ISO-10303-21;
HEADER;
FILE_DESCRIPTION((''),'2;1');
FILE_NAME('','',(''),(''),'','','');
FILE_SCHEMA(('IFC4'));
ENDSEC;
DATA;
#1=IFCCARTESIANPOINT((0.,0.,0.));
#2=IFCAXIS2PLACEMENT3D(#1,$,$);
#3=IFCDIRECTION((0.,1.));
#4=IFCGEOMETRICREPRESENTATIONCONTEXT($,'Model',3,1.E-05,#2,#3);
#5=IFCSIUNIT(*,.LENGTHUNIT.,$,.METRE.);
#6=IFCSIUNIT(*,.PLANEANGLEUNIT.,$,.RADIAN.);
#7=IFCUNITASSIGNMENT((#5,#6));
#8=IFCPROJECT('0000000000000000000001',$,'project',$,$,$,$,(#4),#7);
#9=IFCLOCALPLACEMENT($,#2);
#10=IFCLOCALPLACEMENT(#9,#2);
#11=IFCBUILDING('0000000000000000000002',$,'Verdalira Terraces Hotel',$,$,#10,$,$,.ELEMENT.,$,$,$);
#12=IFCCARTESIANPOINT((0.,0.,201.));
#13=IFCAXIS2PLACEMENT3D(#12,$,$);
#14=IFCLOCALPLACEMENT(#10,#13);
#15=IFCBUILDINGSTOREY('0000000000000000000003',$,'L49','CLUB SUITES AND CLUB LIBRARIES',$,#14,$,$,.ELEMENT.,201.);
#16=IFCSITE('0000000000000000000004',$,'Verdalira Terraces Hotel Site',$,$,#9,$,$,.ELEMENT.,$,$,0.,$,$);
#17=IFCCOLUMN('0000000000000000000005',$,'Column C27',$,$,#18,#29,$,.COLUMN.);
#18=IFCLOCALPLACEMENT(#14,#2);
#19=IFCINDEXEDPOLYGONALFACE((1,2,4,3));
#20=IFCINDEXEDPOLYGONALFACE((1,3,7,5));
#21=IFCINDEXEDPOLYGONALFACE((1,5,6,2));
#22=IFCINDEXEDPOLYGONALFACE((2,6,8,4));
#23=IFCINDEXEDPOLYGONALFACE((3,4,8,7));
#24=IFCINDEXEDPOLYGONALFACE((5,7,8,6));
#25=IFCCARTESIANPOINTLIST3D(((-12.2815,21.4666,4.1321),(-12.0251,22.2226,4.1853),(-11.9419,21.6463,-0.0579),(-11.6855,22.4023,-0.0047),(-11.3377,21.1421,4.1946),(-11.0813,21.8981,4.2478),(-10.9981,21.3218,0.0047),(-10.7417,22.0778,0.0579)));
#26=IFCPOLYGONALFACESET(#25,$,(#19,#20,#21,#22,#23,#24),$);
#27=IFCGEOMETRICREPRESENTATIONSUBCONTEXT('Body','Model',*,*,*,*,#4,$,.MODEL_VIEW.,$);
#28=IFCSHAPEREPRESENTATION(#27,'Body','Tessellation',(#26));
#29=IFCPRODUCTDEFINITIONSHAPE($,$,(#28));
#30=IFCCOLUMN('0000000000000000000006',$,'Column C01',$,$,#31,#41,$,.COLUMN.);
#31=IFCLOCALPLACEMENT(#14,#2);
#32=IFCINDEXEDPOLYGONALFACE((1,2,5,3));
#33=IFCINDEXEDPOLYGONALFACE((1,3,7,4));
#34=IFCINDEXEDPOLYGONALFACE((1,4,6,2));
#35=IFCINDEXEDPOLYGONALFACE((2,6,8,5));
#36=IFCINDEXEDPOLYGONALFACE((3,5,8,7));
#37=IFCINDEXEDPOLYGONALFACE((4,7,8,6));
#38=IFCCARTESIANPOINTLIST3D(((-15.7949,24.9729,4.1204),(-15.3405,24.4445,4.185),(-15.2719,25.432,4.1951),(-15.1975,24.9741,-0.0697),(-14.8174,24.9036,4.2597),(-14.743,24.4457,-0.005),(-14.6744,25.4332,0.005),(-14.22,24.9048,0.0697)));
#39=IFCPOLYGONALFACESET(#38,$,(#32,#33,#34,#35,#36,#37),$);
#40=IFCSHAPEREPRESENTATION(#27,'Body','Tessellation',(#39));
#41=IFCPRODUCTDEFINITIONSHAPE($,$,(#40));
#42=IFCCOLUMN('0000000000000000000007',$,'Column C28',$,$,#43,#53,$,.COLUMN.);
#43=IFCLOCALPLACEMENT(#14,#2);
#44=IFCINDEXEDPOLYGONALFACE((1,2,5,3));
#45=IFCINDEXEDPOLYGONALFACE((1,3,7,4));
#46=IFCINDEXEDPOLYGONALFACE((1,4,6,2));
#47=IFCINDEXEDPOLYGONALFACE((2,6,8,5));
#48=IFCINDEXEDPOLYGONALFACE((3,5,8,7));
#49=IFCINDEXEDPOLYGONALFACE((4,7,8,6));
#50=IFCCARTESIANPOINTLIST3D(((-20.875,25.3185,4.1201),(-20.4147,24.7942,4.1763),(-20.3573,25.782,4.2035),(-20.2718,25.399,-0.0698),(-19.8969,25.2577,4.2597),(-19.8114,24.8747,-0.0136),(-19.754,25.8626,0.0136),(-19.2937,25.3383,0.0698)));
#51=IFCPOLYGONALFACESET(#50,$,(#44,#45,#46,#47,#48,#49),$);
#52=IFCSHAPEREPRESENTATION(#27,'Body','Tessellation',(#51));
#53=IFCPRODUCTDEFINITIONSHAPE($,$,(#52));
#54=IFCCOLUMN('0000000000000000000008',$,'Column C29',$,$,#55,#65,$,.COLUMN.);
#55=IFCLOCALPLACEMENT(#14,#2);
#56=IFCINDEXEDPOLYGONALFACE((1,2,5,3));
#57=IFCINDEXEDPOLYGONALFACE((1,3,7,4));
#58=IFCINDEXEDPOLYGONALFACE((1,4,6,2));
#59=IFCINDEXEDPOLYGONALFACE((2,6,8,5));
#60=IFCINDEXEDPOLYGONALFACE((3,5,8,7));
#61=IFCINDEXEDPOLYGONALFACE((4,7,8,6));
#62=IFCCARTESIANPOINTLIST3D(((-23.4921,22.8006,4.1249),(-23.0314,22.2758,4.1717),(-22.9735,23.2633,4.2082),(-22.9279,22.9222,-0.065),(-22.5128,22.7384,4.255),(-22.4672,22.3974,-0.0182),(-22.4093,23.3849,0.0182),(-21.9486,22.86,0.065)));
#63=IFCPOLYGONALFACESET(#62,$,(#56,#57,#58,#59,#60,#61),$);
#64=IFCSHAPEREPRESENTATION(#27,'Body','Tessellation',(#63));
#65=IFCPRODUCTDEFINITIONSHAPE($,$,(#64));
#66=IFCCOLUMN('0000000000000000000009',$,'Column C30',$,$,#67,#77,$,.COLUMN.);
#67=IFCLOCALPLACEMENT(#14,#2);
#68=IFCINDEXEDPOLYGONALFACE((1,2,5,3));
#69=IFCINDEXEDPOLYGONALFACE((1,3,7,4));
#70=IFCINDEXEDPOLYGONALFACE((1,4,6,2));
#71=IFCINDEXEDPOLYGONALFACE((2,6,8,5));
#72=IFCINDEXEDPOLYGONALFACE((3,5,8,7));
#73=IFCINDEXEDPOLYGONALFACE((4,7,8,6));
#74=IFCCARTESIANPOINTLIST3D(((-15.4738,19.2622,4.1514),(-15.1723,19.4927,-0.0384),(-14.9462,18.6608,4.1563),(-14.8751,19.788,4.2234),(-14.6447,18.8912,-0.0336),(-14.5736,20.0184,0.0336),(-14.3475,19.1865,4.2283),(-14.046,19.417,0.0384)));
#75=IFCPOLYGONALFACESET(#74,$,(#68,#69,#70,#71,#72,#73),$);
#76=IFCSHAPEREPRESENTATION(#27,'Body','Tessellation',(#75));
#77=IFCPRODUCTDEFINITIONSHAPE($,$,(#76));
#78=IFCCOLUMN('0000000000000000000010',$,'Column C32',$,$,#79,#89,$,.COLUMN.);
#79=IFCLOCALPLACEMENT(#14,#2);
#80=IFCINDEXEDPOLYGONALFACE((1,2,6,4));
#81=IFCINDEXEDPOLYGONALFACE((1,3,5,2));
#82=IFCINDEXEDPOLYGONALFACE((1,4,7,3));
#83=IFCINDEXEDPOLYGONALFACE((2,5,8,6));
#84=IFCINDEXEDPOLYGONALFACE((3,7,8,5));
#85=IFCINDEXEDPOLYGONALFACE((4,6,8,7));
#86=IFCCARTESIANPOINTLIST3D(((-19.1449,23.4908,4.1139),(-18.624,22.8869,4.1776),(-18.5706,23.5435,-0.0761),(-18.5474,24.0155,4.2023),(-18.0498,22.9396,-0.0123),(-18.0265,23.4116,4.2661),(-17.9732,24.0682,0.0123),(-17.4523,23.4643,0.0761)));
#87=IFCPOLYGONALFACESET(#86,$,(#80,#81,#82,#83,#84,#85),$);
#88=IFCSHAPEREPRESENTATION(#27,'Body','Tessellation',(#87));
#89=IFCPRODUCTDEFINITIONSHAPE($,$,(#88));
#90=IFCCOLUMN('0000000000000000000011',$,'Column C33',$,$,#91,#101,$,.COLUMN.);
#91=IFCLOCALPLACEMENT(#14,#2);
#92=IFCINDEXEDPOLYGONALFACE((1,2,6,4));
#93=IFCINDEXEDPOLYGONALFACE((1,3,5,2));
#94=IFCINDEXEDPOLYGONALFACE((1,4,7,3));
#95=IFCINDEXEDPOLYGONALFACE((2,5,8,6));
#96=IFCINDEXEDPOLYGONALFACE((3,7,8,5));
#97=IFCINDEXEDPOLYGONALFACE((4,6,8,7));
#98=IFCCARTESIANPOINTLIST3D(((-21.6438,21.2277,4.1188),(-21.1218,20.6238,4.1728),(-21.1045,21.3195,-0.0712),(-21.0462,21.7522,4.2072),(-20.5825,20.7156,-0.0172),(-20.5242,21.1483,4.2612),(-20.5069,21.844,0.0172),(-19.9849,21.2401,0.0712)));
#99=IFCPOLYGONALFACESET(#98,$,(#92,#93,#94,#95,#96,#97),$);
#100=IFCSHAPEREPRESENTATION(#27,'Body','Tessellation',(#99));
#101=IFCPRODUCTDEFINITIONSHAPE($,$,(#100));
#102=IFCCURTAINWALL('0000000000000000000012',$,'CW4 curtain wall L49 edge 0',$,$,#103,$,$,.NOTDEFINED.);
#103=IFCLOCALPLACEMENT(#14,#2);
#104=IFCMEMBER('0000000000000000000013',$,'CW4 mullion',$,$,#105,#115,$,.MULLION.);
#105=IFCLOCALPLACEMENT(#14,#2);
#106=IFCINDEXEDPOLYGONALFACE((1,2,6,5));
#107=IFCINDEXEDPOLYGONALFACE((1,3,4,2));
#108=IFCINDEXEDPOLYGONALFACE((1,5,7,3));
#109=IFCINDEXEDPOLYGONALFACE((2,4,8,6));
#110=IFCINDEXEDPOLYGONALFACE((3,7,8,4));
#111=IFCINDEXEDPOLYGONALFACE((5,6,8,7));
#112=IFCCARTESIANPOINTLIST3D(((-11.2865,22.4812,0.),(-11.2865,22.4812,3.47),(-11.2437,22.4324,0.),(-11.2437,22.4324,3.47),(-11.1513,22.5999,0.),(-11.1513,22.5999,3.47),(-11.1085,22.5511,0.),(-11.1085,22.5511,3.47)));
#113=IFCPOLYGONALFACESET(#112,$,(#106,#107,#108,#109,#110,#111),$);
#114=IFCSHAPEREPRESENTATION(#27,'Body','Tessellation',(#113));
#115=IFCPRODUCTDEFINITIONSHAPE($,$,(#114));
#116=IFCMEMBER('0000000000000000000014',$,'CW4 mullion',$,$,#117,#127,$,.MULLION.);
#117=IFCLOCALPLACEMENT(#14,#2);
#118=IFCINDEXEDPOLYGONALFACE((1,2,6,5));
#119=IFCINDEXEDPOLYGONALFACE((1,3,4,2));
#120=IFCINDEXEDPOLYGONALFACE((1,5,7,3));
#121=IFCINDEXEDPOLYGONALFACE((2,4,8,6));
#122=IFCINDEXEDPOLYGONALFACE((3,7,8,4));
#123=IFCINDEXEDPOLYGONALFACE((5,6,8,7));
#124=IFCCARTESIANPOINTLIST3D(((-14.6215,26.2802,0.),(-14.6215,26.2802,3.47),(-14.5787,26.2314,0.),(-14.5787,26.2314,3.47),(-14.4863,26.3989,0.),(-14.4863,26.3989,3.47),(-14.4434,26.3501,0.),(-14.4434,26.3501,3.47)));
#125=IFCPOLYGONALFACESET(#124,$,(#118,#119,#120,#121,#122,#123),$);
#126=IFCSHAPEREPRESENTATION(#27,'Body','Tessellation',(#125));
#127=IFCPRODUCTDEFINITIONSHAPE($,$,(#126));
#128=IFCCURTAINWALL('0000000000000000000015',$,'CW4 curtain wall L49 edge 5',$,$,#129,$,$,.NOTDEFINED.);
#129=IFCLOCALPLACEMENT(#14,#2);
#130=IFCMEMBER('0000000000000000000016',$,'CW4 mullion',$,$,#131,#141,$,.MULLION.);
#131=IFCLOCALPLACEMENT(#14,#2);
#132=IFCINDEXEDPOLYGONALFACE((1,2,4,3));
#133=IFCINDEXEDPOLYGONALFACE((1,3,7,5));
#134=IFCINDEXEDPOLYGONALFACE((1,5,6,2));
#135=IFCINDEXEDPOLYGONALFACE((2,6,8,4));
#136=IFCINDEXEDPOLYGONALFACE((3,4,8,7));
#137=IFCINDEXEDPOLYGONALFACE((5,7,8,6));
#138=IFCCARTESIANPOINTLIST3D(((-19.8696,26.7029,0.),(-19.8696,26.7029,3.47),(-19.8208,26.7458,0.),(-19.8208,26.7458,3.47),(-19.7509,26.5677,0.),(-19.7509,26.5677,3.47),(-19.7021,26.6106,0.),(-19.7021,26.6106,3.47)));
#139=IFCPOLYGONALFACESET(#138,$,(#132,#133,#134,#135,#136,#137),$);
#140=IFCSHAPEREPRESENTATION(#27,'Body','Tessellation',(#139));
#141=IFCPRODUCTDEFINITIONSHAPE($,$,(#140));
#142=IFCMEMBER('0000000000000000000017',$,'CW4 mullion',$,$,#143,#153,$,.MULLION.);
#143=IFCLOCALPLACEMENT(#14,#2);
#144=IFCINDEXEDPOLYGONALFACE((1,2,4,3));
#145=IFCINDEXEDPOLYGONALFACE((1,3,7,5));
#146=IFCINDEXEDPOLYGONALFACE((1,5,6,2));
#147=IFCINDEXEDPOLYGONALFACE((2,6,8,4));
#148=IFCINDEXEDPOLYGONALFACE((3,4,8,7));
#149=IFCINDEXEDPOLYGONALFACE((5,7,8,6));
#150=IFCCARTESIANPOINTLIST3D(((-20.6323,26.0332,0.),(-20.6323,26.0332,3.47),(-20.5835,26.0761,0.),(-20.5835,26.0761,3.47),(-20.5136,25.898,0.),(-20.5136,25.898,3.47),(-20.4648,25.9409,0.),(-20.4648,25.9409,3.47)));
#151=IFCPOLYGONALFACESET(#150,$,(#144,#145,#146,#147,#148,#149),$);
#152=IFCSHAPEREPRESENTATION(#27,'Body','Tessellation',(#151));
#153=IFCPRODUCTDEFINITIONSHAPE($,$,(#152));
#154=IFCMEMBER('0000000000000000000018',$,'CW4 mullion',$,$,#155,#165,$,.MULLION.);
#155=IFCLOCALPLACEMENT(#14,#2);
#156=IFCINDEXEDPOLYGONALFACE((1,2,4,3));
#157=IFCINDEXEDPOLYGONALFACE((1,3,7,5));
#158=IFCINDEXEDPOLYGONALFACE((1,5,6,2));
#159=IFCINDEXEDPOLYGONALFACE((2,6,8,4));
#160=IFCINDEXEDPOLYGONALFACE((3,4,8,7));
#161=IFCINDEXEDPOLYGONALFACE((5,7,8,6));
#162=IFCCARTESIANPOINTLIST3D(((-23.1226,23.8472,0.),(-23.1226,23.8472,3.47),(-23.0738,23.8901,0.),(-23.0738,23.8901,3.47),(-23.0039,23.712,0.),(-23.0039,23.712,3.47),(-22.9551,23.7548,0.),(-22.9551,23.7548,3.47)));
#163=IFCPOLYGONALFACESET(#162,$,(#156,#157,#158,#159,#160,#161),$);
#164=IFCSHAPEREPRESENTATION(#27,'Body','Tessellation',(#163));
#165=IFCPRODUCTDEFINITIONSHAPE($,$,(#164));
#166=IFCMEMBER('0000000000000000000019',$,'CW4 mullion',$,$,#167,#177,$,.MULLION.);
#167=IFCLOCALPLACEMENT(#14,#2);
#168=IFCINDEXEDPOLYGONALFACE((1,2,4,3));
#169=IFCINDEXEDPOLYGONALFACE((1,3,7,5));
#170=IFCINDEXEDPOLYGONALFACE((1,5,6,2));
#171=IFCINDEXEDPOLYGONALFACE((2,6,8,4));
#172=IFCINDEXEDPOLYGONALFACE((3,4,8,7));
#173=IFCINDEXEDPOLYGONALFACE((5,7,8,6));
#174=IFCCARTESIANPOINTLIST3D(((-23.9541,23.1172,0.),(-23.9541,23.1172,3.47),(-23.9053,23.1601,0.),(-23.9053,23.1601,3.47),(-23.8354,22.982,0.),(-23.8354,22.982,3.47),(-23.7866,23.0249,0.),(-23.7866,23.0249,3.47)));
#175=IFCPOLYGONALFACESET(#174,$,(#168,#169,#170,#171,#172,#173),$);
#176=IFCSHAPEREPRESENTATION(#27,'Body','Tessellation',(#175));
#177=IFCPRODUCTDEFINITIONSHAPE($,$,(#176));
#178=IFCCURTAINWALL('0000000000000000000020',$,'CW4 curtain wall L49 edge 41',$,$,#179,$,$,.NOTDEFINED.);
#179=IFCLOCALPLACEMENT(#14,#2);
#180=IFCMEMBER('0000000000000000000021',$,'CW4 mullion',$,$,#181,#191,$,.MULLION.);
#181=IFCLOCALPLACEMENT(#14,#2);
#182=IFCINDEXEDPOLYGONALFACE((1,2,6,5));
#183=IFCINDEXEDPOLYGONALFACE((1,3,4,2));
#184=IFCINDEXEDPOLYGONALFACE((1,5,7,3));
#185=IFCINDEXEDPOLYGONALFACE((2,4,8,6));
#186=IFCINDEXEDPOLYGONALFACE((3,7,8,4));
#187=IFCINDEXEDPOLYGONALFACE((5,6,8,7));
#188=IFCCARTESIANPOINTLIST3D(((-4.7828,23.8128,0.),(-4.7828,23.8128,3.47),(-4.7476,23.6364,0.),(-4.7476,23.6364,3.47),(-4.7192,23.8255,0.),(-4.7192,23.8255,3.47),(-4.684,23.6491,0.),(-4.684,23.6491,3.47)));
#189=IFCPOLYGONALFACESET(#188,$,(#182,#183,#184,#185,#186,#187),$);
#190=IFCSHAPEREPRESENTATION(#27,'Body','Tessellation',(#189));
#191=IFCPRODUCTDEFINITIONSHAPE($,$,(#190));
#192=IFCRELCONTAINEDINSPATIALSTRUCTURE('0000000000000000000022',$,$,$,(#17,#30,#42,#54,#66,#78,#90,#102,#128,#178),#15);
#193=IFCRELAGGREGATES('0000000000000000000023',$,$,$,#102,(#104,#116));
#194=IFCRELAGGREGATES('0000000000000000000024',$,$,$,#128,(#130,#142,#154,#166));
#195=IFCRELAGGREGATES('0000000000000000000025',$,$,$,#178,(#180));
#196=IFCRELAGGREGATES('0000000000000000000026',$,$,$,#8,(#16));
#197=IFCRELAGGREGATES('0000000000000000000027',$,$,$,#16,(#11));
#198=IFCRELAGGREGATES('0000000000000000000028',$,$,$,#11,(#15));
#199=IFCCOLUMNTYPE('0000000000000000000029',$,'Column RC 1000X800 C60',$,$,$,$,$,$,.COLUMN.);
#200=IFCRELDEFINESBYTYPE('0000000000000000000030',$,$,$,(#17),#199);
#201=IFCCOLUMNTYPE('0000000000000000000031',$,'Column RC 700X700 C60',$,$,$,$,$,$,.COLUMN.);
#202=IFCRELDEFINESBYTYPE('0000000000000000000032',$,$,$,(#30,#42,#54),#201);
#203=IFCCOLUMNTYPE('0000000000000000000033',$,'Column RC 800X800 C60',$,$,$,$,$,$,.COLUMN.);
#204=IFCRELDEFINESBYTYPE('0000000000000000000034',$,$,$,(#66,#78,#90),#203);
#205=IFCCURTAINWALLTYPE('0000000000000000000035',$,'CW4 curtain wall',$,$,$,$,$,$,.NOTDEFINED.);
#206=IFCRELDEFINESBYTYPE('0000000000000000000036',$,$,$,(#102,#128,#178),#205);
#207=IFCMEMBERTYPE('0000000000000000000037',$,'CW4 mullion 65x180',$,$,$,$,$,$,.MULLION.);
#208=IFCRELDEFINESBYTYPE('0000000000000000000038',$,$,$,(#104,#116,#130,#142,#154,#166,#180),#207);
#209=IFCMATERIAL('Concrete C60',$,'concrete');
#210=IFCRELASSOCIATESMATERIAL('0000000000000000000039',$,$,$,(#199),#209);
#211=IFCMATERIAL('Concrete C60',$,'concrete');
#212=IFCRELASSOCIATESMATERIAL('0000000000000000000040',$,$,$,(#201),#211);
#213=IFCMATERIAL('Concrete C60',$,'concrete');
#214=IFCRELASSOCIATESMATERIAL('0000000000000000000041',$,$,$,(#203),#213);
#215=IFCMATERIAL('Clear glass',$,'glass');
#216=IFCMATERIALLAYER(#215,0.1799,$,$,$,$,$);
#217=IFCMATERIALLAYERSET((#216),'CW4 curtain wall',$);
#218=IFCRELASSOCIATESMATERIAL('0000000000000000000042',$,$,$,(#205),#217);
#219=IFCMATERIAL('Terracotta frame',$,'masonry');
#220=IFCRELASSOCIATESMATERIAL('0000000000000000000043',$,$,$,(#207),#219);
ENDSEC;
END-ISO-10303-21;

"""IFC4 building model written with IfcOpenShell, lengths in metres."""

from ifc_helpers import new_model, si_unit, direction, frame, origin, origin_2d, place, context, subcontext, project, spatial, rectangle, extrude, material, layer, layer_set, material_profile, profile_set, type_object, element, aggregate, save


model = new_model("IFC4")

# Units and contexts
model_context = context("Model", 3, precision=1e-05, world=origin(), true_north=direction((0.0, 1.0)))
body_context = subcontext(model_context, "Body", "Model", "MODEL_VIEW")
ifc_project = project(units=[si_unit("LENGTHUNIT", "METRE"), si_unit("PLANEANGLEUNIT", "RADIAN")], contexts=[model_context])

# Site, building, storey
site_placement = place(None, origin())
site = spatial("IfcSite", under=ifc_project, at=site_placement, Name="Verdalira Terraces Hotel Site", CompositionType="ELEMENT", RefElevation=0.0)
building_placement = place(site_placement, origin())
building = spatial("IfcBuilding", under=site, at=building_placement, Name="Verdalira Terraces Hotel", CompositionType="ELEMENT")
storey_placement = place(building_placement, frame((0.0, 0.0, 201.0)))
storey = spatial("IfcBuildingStorey", under=building, at=storey_placement, Name="L49", Description="CLUB SUITES AND CLUB LIBRARIES", CompositionType="ELEMENT", Elevation=201.0)

# Columns
ifc_material_1 = material(Name="Concrete C60", Category="concrete")
ifc_material_profile_1 = material_profile(ifc_material_1, rectangle(XDim=1.0, YDim=0.8, at=origin_2d()), Name="RC 1000X800")
ifc_profile_set_1 = profile_set([ifc_material_profile_1], Name="Concrete C60")
column_type_1 = type_object("IfcColumnType", Name="Column RC 1000X800 C60", PredefinedType="COLUMN", material=ifc_profile_set_1)
column_1_placement = place(storey_placement, frame((-11.3418, 21.8621, 0.0), z_axis=(-0.080713, -0.042706, 0.995822), x_axis=(0.943806, -0.324521, 0.062579)))
element("IfcColumn", 1, at=column_1_placement, inside=storey, type_object=column_type_1, Name="Column C27", PredefinedType="COLUMN", context=body_context, shape_type="SweptSolid", body=[
    extrude(rectangle(XDim=1.0, YDim=0.8, at=origin_2d()), origin(), (0.0, 0.0, 1.0), 4.2075),
])
ifc_material_2 = material(Name="Concrete C60", Category="concrete")
ifc_material_profile_2 = material_profile(ifc_material_2, rectangle(XDim=0.7, YDim=0.7, at=origin_2d()), Name="RC 700X700")
ifc_profile_set_2 = profile_set([ifc_material_profile_2], Name="Concrete C60")
column_type_2 = type_object("IfcColumnType", Name="Column RC 700X700 C60", PredefinedType="COLUMN", material=ifc_profile_set_2)
column_2_placement = place(storey_placement, frame((-14.7087, 24.9395, 0.0), z_axis=(-0.141155, -0.000288, 0.989987), x_axis=(-0.649301, 0.754903, -0.092359)))
element("IfcColumn", 2, at=column_2_placement, inside=storey, type_object=column_type_2, Name="Column C01", PredefinedType="COLUMN", context=body_context, shape_type="SweptSolid", body=[
    extrude(rectangle(XDim=0.7, YDim=0.7, at=origin_2d()), origin(), (0.0, 0.0, 1.0), 4.2324),
])
column_3_placement = place(storey_placement, frame((-19.7827, 25.3687, 0.0), z_axis=(-0.142485, -0.019029, 0.989614), x_axis=(-0.739732, -0.662252, -0.119241)))
element("IfcColumn", 3, at=column_3_placement, inside=storey, type_object=column_type_2, Name="Column C28", PredefinedType="COLUMN", context=body_context, shape_type="SweptSolid", body=[
    extrude(rectangle(XDim=0.7, YDim=0.7, at=origin_2d()), origin(), (0.0, 0.0, 1.0), 4.2339),
])
column_4_placement = place(storey_placement, frame((-22.4382, 22.8911, 0.0), z_axis=(-0.133398, -0.028746, 0.990646), x_axis=(-0.740922, -0.660973, -0.118951)))
element("IfcColumn", 4, at=column_4_placement, inside=storey, type_object=column_type_2, Name="Column C29", PredefinedType="COLUMN", context=body_context, shape_type="SweptSolid", body=[
    extrude(rectangle(XDim=0.7, YDim=0.7, at=origin_2d()), origin(), (0.0, 0.0, 1.0), 4.2295),
])
ifc_material_3 = material(Name="Concrete C60", Category="concrete")
ifc_material_profile_3 = material_profile(ifc_material_3, rectangle(XDim=0.8, YDim=0.8, at=origin_2d()), Name="RC 800X800")
ifc_profile_set_3 = profile_set([ifc_material_profile_3], Name="Concrete C60")
column_type_3 = type_object("IfcColumnType", Name="Column RC 800X800 C60", PredefinedType="COLUMN", material=ifc_profile_set_3)
column_5_placement = place(storey_placement, frame((-14.6091, 19.4548, 0.0), z_axis=(-0.071668, -0.054781, 0.995923), x_axis=(-0.659436, 0.751736, -0.006104)))
element("IfcColumn", 5, at=column_5_placement, inside=storey, type_object=column_type_3, Name="Column C30", PredefinedType="COLUMN", context=body_context, shape_type="SweptSolid", body=[
    extrude(rectangle(XDim=0.8, YDim=0.8, at=origin_2d()), origin(), (0.0, 0.0, 1.0), 4.207),
])
column_6_placement = place(storey_placement, frame((-18.0115, 23.5039, 0.0), z_axis=(-0.135767, -0.012468, 0.990662), x_axis=(-0.651062, 0.754826, -0.079726)))
element("IfcColumn", 6, at=column_6_placement, inside=storey, type_object=column_type_3, Name="Column C32", PredefinedType="COLUMN", context=body_context, shape_type="SweptSolid", body=[
    extrude(rectangle(XDim=0.8, YDim=0.8, at=origin_2d()), origin(), (0.0, 0.0, 1.0), 4.2295),
])
column_7_placement = place(storey_placement, frame((-20.5447, 21.2798, 0.0), z_axis=(-0.127631, -0.021724, 0.991584), x_axis=(-0.652474, 0.754804, -0.067446)))
element("IfcColumn", 7, at=column_7_placement, inside=storey, type_object=column_type_3, Name="Column C33", PredefinedType="COLUMN", context=body_context, shape_type="SweptSolid", body=[
    extrude(rectangle(XDim=0.8, YDim=0.8, at=origin_2d()), origin(), (0.0, 0.0, 1.0), 4.2256),
])

# Curtain walls, members
ifc_material_4 = material(Name="Clear glass", Category="glass")
ifc_layer_1 = layer(ifc_material_4, 0.1799)
ifc_layer_set_1 = layer_set([ifc_layer_1], Name="CW4 curtain wall")
curtain_wall_type = type_object("IfcCurtainWallType", Name="CW4 curtain wall", PredefinedType="NOTDEFINED", material=ifc_layer_set_1)
curtain_wall_1_placement = place(storey_placement, origin())
curtain_wall_1 = element("IfcCurtainWall", 8, at=curtain_wall_1_placement, inside=storey, type_object=curtain_wall_type, Name="CW4 curtain wall L49 edge 0", PredefinedType="NOTDEFINED")
ifc_material_5 = material(Name="Terracotta frame", Category="masonry")
ifc_material_profile_4 = material_profile(ifc_material_5, rectangle(XDim=0.0649, YDim=0.1799, at=origin_2d()), Name="MU 65x180")
ifc_profile_set_4 = profile_set([ifc_material_profile_4], Name="Terracotta frame")
member_type_1 = type_object("IfcMemberType", Name="CW4 mullion 65x180", PredefinedType="MULLION", material=ifc_profile_set_4)
member_1_placement = place(storey_placement, frame((-11.1975, 22.5161, 0.0), z_axis=(0.0, 0.0, 1.0), x_axis=(-0.659739, 0.751494, 0.0)))
member_1 = element("IfcMember", 9, at=member_1_placement, type_object=member_type_1, Name="CW4 mullion", PredefinedType="MULLION", context=body_context, shape_type="SweptSolid", body=[
    extrude(rectangle(XDim=0.0649, YDim=0.1799, at=origin_2d()), origin(), (0.0, 0.0, 1.0), 3.47),
])
member_2_placement = place(storey_placement, frame((-14.5325, 26.3152, 0.0), z_axis=(0.0, 0.0, 1.0), x_axis=(-0.659739, 0.751494, 0.0)))
member_2 = element("IfcMember", 10, at=member_2_placement, type_object=member_type_1, Name="CW4 mullion", PredefinedType="MULLION", context=body_context, shape_type="SweptSolid", body=[
    extrude(rectangle(XDim=0.0649, YDim=0.1799, at=origin_2d()), origin(), (0.0, 0.0, 1.0), 3.47),
])
curtain_wall_2_placement = place(storey_placement, origin())
curtain_wall_2 = element("IfcCurtainWall", 11, at=curtain_wall_2_placement, inside=storey, type_object=curtain_wall_type, Name="CW4 curtain wall L49 edge 5", PredefinedType="NOTDEFINED")
member_3_placement = place(storey_placement, frame((-19.7859, 26.6567, 0.0), z_axis=(0.0, 0.0, 1.0), x_axis=(-0.751494, -0.659739, 0.0)))
member_3 = element("IfcMember", 12, at=member_3_placement, type_object=member_type_1, Name="CW4 mullion", PredefinedType="MULLION", context=body_context, shape_type="SweptSolid", body=[
    extrude(rectangle(XDim=0.0649, YDim=0.1799, at=origin_2d()), origin(), (0.0, 0.0, 1.0), 3.47),
])
member_4_placement = place(storey_placement, frame((-20.5486, 25.9871, 0.0), z_axis=(0.0, 0.0, 1.0), x_axis=(-0.751494, -0.659739, 0.0)))
member_4 = element("IfcMember", 13, at=member_4_placement, type_object=member_type_1, Name="CW4 mullion", PredefinedType="MULLION", context=body_context, shape_type="SweptSolid", body=[
    extrude(rectangle(XDim=0.0649, YDim=0.1799, at=origin_2d()), origin(), (0.0, 0.0, 1.0), 3.47),
])
member_5_placement = place(storey_placement, frame((-23.0388, 23.801, 0.0), z_axis=(0.0, 0.0, 1.0), x_axis=(-0.751494, -0.659739, 0.0)))
member_5 = element("IfcMember", 14, at=member_5_placement, type_object=member_type_1, Name="CW4 mullion", PredefinedType="MULLION", context=body_context, shape_type="SweptSolid", body=[
    extrude(rectangle(XDim=0.0649, YDim=0.1799, at=origin_2d()), origin(), (0.0, 0.0, 1.0), 3.47),
])
member_6_placement = place(storey_placement, frame((-23.8704, 23.071, 0.0), z_axis=(0.0, 0.0, 1.0), x_axis=(-0.751494, -0.659739, 0.0)))
member_6 = element("IfcMember", 15, at=member_6_placement, type_object=member_type_1, Name="CW4 mullion", PredefinedType="MULLION", context=body_context, shape_type="SweptSolid", body=[
    extrude(rectangle(XDim=0.0649, YDim=0.1799, at=origin_2d()), origin(), (0.0, 0.0, 1.0), 3.47),
])
curtain_wall_3_placement = place(storey_placement, origin())
curtain_wall_3 = element("IfcCurtainWall", 16, at=curtain_wall_3_placement, inside=storey, type_object=curtain_wall_type, Name="CW4 curtain wall L49 edge 41", PredefinedType="NOTDEFINED")
member_7_placement = place(storey_placement, frame((-4.7334, 23.731, 0.0), z_axis=(0.0, 0.0, 1.0), x_axis=(-0.980683, -0.195604, 0.0)))
member_7 = element("IfcMember", 17, at=member_7_placement, type_object=member_type_1, Name="CW4 mullion", PredefinedType="MULLION", context=body_context, shape_type="SweptSolid", body=[
    extrude(rectangle(XDim=0.0649, YDim=0.1799, at=origin_2d()), origin(), (0.0, 0.0, 1.0), 3.47),
])

aggregate(curtain_wall_1, [member_1, member_2])
aggregate(curtain_wall_2, [member_3, member_4, member_5, member_6])
aggregate(curtain_wall_3, [member_7])

save(model, "model.ifc")
